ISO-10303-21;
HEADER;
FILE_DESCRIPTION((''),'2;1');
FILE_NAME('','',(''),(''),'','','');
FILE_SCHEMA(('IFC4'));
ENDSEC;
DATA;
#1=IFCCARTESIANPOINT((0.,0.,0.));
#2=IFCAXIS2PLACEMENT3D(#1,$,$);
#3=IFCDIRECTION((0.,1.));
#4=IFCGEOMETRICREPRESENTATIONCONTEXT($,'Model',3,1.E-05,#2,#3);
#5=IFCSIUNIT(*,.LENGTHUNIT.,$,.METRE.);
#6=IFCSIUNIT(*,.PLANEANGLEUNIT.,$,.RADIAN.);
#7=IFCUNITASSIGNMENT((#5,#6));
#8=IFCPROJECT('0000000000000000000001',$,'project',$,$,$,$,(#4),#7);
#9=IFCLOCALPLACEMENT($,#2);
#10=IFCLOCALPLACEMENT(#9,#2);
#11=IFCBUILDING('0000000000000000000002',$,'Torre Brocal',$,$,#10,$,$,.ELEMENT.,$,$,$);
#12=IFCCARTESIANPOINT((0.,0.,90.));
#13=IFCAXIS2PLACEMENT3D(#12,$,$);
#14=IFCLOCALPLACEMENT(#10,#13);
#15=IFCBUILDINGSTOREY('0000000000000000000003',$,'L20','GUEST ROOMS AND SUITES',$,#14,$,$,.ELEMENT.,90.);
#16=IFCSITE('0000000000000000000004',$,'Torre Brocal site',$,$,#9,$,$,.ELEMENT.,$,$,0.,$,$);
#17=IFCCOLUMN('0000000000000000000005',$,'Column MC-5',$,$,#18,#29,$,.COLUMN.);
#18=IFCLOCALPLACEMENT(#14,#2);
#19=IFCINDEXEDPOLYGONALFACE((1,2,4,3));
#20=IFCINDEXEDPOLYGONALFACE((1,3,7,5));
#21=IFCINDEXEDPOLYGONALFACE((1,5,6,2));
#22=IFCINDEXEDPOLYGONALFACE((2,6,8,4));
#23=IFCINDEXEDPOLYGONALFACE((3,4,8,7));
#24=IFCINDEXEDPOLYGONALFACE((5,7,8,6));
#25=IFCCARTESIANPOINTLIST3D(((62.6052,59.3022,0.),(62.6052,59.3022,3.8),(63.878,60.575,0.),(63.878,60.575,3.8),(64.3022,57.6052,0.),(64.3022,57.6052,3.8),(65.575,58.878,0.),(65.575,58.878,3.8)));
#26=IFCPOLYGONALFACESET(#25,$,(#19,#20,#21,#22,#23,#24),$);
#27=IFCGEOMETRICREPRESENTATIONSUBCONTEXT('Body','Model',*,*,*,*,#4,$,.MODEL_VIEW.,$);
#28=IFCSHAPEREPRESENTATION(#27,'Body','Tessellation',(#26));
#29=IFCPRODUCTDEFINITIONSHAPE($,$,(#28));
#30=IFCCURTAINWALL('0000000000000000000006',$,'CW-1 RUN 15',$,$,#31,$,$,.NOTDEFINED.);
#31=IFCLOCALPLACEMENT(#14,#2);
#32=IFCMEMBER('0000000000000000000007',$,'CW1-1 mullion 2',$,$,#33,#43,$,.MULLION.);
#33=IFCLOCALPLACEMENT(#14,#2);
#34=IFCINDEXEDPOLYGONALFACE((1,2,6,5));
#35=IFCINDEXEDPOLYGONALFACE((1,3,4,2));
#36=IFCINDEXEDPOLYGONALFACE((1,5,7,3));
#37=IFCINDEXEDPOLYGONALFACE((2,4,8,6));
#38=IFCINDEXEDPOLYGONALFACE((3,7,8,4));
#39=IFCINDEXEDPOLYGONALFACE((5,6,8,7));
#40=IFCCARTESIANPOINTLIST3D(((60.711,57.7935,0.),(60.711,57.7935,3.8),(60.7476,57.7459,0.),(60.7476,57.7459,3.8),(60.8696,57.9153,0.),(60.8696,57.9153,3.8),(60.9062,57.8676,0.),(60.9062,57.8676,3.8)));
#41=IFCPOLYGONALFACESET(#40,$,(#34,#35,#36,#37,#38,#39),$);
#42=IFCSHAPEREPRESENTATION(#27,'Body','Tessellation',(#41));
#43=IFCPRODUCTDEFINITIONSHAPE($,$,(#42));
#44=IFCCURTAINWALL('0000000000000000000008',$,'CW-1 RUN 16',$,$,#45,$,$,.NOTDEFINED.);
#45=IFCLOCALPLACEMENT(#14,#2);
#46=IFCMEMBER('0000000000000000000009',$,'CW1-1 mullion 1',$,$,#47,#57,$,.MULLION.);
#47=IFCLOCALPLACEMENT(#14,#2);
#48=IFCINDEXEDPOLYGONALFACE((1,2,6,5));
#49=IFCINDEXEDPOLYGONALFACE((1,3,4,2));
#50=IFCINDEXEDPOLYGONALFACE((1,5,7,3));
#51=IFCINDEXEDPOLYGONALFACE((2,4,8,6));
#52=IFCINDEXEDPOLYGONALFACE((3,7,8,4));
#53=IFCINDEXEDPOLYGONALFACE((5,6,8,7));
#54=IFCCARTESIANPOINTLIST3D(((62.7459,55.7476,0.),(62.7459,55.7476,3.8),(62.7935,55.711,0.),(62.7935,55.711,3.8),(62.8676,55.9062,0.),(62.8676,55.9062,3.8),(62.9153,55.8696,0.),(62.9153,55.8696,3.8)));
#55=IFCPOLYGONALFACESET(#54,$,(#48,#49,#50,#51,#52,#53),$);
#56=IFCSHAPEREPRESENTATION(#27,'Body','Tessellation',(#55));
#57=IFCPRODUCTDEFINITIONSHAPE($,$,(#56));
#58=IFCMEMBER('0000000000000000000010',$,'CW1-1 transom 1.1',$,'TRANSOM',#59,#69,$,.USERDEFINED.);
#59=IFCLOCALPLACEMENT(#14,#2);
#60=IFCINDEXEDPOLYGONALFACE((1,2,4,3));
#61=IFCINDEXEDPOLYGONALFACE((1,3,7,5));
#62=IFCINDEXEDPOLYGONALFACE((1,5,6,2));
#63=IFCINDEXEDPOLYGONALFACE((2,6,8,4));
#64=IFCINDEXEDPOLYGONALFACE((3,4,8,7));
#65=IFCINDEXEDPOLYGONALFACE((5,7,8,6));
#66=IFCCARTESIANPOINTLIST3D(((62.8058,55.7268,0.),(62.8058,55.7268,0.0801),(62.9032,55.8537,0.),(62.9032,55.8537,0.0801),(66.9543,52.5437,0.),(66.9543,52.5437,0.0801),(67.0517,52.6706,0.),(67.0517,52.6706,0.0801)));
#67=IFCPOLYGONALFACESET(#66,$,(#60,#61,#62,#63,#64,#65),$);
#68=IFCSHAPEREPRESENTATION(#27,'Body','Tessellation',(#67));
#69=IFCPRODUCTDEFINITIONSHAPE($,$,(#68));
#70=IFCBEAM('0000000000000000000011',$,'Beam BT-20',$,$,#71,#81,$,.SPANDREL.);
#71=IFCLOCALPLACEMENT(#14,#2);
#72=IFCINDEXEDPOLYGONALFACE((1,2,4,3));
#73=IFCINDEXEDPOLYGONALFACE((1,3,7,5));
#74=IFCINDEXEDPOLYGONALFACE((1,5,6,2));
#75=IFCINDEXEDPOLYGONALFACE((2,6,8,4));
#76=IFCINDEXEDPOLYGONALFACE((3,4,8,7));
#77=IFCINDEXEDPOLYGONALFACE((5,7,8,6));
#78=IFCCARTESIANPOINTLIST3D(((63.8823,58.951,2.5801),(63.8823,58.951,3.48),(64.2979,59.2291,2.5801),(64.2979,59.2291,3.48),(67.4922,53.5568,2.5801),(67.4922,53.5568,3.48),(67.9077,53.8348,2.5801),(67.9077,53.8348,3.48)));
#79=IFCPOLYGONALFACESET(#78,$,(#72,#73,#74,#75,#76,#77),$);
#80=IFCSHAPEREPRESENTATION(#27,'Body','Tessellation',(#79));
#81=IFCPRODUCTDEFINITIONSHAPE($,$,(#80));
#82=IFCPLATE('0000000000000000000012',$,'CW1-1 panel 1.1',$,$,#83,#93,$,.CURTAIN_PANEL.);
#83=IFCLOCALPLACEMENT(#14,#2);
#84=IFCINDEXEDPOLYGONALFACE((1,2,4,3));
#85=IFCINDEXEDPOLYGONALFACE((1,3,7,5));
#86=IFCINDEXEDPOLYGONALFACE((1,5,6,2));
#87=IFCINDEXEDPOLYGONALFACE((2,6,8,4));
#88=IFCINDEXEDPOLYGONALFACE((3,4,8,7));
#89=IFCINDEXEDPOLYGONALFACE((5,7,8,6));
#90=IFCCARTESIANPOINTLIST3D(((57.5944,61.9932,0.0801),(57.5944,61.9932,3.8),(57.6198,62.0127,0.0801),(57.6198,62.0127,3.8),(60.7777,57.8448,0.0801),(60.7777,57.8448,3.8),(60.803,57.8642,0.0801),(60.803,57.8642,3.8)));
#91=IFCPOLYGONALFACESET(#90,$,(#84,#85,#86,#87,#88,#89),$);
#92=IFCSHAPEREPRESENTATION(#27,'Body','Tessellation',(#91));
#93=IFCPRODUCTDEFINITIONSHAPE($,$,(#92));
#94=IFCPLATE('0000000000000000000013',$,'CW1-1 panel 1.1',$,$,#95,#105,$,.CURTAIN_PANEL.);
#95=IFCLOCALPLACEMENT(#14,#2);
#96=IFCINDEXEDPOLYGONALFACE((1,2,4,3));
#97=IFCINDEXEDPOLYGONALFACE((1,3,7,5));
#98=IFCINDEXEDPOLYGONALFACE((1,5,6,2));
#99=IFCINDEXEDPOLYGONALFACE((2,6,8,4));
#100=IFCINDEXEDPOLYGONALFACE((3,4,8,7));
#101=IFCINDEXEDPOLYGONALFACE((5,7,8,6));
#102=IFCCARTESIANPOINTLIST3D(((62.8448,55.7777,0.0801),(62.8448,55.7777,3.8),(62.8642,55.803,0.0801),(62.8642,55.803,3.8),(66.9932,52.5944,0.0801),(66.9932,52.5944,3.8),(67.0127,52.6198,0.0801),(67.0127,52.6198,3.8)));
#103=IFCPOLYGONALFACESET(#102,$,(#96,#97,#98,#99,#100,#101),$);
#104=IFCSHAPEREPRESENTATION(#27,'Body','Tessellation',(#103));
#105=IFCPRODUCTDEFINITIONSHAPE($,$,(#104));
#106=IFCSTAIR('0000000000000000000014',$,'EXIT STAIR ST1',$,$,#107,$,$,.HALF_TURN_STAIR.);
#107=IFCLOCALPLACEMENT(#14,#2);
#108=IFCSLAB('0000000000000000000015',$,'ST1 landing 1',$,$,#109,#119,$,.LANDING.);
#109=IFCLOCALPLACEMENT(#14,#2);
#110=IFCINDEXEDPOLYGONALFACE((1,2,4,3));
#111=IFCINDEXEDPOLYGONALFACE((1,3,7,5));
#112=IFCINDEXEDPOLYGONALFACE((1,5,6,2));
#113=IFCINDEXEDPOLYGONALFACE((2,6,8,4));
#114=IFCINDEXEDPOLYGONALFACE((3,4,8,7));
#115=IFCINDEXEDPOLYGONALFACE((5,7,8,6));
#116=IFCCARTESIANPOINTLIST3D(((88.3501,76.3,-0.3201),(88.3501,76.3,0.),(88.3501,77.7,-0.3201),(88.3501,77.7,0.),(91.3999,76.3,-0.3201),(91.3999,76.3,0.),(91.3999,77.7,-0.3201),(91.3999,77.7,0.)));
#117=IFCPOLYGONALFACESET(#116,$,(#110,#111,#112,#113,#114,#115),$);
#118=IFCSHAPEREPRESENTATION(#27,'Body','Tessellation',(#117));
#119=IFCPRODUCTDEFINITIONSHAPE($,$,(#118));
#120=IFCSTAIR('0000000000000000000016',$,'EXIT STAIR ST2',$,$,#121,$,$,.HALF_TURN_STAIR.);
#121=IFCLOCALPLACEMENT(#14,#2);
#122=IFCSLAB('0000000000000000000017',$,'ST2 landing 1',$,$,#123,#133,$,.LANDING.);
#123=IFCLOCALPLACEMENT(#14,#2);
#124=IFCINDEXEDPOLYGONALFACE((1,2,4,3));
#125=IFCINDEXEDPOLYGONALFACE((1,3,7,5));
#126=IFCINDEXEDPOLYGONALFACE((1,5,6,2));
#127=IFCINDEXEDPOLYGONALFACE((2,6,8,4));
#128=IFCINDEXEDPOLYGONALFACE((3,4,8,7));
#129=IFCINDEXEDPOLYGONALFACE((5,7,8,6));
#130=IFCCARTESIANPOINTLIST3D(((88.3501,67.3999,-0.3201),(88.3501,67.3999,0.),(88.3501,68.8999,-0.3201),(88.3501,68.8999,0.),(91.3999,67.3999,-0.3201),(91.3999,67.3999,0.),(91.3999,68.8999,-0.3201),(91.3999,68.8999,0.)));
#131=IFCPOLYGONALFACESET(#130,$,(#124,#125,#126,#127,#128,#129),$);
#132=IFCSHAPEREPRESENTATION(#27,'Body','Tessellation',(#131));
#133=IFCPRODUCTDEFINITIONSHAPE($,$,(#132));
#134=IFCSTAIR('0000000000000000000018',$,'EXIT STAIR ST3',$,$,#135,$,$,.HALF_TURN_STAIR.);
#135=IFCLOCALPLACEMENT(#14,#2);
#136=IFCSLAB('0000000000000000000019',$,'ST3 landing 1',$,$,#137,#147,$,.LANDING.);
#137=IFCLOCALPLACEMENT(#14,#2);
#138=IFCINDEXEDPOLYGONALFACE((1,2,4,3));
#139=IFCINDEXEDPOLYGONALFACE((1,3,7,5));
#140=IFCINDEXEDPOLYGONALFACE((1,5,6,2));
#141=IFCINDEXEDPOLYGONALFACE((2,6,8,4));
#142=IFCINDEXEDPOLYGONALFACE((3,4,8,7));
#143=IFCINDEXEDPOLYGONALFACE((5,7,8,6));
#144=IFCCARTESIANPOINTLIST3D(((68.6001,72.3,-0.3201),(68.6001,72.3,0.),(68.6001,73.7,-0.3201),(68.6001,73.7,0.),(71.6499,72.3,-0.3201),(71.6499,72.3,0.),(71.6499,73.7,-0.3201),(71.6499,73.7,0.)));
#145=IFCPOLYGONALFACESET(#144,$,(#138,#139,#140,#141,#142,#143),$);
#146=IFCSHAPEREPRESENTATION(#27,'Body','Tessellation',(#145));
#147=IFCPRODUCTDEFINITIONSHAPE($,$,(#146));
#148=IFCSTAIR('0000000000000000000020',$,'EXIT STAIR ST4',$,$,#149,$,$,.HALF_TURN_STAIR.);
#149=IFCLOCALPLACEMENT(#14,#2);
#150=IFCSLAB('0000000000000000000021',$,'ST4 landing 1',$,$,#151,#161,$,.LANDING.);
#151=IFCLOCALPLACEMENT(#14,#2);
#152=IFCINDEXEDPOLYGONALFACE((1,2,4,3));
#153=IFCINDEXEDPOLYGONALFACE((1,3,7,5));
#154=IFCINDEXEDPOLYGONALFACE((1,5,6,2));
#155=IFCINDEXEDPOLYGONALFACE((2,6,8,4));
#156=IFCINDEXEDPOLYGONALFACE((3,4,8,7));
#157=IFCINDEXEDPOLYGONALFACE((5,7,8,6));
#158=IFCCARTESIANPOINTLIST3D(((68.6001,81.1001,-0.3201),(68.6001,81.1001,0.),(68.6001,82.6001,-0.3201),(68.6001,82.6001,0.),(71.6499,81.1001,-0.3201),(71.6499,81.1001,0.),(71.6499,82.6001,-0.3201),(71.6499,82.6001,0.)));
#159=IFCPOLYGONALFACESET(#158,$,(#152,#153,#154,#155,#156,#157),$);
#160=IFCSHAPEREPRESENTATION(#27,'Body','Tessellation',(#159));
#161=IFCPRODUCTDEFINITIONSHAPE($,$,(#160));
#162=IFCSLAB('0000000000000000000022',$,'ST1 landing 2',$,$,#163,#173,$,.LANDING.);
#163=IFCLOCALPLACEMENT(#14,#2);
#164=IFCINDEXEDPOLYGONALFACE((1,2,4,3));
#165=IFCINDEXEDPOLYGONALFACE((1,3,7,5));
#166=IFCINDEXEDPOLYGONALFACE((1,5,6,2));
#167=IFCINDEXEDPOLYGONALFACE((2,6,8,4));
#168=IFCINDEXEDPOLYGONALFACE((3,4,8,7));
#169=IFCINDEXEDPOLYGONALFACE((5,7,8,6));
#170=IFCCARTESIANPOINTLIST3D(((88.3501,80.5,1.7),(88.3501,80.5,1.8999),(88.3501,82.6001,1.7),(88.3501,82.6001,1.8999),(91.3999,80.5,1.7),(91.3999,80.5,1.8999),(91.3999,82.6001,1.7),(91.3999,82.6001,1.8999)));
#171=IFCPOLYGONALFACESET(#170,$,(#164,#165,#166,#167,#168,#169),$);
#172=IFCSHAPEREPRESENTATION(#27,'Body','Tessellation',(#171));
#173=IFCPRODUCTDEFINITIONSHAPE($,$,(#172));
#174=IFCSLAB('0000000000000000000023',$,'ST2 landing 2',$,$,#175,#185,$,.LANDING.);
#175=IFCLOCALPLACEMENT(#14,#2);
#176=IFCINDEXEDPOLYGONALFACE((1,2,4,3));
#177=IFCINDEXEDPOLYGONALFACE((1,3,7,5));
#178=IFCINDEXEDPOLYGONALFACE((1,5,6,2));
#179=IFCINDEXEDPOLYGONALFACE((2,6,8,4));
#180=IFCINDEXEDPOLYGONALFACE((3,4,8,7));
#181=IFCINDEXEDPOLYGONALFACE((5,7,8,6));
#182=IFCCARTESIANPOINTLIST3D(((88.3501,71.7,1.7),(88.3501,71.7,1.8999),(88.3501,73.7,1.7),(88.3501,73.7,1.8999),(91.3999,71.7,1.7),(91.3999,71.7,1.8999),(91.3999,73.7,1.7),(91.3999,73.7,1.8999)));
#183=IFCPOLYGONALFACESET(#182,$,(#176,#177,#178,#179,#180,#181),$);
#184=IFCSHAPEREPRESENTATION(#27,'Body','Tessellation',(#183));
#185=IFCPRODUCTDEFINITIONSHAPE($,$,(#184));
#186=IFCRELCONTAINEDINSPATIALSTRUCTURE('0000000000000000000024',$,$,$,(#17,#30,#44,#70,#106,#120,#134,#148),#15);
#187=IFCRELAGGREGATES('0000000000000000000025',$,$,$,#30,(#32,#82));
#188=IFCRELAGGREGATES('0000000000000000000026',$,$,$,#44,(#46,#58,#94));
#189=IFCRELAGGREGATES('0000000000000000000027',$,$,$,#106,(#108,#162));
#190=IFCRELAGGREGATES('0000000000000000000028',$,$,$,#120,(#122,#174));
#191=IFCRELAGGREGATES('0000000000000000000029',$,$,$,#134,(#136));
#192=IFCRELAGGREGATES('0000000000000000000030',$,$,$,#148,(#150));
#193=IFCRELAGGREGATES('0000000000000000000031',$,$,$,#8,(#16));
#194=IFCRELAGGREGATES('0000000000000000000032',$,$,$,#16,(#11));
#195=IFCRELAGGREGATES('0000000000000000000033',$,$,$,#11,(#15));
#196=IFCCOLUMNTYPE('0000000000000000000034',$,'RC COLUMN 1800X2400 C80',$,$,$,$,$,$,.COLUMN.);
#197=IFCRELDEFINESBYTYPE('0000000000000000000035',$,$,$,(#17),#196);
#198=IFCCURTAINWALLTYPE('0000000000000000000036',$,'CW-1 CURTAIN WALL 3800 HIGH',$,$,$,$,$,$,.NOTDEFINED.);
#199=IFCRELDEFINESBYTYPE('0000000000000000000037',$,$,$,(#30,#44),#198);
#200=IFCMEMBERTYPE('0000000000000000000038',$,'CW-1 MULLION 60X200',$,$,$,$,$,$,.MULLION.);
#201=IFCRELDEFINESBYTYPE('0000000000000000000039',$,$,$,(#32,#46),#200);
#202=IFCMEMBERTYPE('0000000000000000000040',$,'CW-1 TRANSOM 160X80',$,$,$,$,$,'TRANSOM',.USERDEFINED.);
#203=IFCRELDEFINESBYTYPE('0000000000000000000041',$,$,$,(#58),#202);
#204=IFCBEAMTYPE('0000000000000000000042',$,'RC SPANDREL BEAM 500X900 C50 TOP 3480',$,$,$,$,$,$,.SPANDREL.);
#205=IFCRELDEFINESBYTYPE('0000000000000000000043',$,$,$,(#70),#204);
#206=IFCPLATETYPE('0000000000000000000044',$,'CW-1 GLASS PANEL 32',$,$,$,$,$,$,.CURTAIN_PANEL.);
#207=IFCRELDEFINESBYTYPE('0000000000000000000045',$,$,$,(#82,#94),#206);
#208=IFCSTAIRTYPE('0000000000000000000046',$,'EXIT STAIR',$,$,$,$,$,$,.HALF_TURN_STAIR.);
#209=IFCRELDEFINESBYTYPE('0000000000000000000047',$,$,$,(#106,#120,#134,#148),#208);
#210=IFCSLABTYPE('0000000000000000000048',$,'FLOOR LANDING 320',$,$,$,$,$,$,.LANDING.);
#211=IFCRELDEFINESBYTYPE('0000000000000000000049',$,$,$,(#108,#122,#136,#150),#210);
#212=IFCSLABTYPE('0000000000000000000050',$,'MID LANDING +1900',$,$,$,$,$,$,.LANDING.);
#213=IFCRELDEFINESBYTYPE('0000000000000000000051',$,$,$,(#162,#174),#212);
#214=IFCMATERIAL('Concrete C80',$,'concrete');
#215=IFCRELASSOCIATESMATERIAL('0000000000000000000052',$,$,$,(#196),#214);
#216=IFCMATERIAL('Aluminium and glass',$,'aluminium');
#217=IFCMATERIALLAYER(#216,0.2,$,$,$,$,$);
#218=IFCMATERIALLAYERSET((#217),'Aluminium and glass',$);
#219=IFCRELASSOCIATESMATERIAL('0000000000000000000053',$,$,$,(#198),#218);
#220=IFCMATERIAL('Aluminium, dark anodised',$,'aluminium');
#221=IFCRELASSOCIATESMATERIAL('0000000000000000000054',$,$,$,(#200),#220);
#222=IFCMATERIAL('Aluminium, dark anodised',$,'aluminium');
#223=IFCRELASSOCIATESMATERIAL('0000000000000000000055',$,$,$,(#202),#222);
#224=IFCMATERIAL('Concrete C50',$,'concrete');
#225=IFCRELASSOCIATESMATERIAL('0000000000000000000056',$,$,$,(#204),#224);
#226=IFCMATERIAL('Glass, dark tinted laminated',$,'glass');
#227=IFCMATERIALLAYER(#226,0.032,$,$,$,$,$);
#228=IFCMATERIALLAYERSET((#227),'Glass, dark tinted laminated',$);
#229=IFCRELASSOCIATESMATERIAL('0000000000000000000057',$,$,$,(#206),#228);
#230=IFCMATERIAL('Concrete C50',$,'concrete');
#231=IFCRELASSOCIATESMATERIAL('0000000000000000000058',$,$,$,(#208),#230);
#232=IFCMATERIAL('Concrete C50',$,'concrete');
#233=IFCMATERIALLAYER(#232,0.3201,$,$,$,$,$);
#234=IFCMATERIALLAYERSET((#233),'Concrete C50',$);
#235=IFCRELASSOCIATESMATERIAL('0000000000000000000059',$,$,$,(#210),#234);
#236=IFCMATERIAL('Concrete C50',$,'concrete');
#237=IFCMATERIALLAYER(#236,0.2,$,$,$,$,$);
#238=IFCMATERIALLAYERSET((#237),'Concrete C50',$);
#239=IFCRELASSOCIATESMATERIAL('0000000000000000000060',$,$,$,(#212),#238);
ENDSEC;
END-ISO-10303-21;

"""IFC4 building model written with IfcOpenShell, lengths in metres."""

from ifc_helpers import new_model, si_unit, direction, frame, origin, origin_2d, place, context, subcontext, project, spatial, polyline, rectangle, outline, extrude, material, layer, layer_set, material_profile, profile_set, type_object, element, aggregate, save


model = new_model("IFC4")

# Units and contexts
model_context = context("Model", 3, precision=1e-05, world=origin(), true_north=direction((0.0, 1.0)))
body_context = subcontext(model_context, "Body", "Model", "MODEL_VIEW")
ifc_project = project(units=[si_unit("LENGTHUNIT", "METRE"), si_unit("PLANEANGLEUNIT", "RADIAN")], contexts=[model_context])

# Site, building, storey
site_placement = place(None, origin())
site = spatial("IfcSite", under=ifc_project, at=site_placement, Name="Torre Brocal site", CompositionType="ELEMENT", RefElevation=0.0)
building_placement = place(site_placement, origin())
building = spatial("IfcBuilding", under=site, at=building_placement, Name="Torre Brocal", CompositionType="ELEMENT")
storey_placement = place(building_placement, frame((0.0, 0.0, 90.0)))
storey = spatial("IfcBuildingStorey", under=building, at=storey_placement, Name="L20", Description="GUEST ROOMS AND SUITES", CompositionType="ELEMENT", Elevation=90.0)

# Column
ifc_material_1 = material(Name="Concrete C80", Category="concrete")
ifc_material_profile_1 = material_profile(ifc_material_1, rectangle(XDim=1.8, YDim=2.3999, at=origin_2d()), Name="RC 1800X2400")
ifc_profile_set_1 = profile_set([ifc_material_profile_1], Name="Concrete C80")
column_type = type_object("IfcColumnType", Name="RC COLUMN 1800X2400 C80", PredefinedType="COLUMN", material=ifc_profile_set_1)
column_placement = place(storey_placement, frame((64.0901, 59.0901, 0.0), z_axis=(0.0, 0.0, 1.0), x_axis=(-0.707107, -0.707107, 0.0)))
element("IfcColumn", 1, at=column_placement, inside=storey, type_object=column_type, Name="Column MC-5", PredefinedType="COLUMN", context=body_context, shape_type="SweptSolid", body=[
    extrude(rectangle(XDim=1.8, YDim=2.3999, at=origin_2d()), origin(), (0.0, 0.0, 1.0), 3.8),
])

# Curtain wall, member
ifc_material_2 = material(Name="Aluminium and glass", Category="aluminium")
ifc_layer_1 = layer(ifc_material_2, 0.2)
ifc_layer_set_1 = layer_set([ifc_layer_1], Name="Aluminium and glass")
curtain_wall_type = type_object("IfcCurtainWallType", Name="CW-1 CURTAIN WALL 3800 HIGH", PredefinedType="NOTDEFINED", material=ifc_layer_set_1)
curtain_wall_1_placement = place(storey_placement, origin())
curtain_wall_1 = element("IfcCurtainWall", 2, at=curtain_wall_1_placement, inside=storey, type_object=curtain_wall_type, Name="CW-1 RUN 15", PredefinedType="NOTDEFINED")
ifc_material_3 = material(Name="Aluminium, dark anodised", Category="aluminium")
ifc_material_profile_2 = material_profile(ifc_material_3, rectangle(XDim=0.2, YDim=0.0601, at=origin_2d()), Name="CW-1 MULLION 60X200")
ifc_profile_set_2 = profile_set([ifc_material_profile_2], Name="Aluminium, dark anodised")
member_type_1 = type_object("IfcMemberType", Name="CW-1 MULLION 60X200", PredefinedType="MULLION", material=ifc_profile_set_2)
member_1_placement = place(storey_placement, frame((60.8086, 57.8306, 0.0), z_axis=(0.0, 0.0, 1.0), x_axis=(0.793353, 0.608761, 0.0)))
member_1 = element("IfcMember", 3, at=member_1_placement, type_object=member_type_1, Name="CW1-1 mullion 2", PredefinedType="MULLION", context=body_context, shape_type="SweptSolid", body=[
    extrude(rectangle(XDim=0.2, YDim=0.0601, at=origin_2d()), origin(), (0.0, 0.0, 1.0), 3.8),
])

# Curtain wall, members
curtain_wall_2_placement = place(storey_placement, origin())
curtain_wall_2 = element("IfcCurtainWall", 4, at=curtain_wall_2_placement, inside=storey, type_object=curtain_wall_type, Name="CW-1 RUN 16", PredefinedType="NOTDEFINED")
member_2_placement = place(storey_placement, frame((62.8306, 55.8086, 0.0), z_axis=(0.0, 0.0, 1.0), x_axis=(0.608761, 0.793353, 0.0)))
member_2 = element("IfcMember", 5, at=member_2_placement, type_object=member_type_1, Name="CW1-1 mullion 1", PredefinedType="MULLION", context=body_context, shape_type="SweptSolid", body=[
    extrude(rectangle(XDim=0.2, YDim=0.0601, at=origin_2d()), origin(), (0.0, 0.0, 1.0), 3.8),
])
ifc_material_4 = material(Name="Aluminium, dark anodised", Category="aluminium")
ifc_material_profile_3 = material_profile(ifc_material_4, rectangle(XDim=0.1599, YDim=0.0801, at=origin_2d()), Name="CW-1 TRANSOM 160X80")
ifc_profile_set_3 = profile_set([ifc_material_profile_3], Name="Aluminium, dark anodised")
member_type_2 = type_object("IfcMemberType", Name="CW-1 TRANSOM 160X80", ElementType="TRANSOM", PredefinedType="USERDEFINED", material=ifc_profile_set_3)
member_3_placement = place(storey_placement, frame((62.8545, 55.7903, 0.04), z_axis=(0.793363, -0.608749, 0.0), x_axis=(0.608749, 0.793363, 0.0)))
member_3 = element("IfcMember", 6, at=member_3_placement, type_object=member_type_2, Name="CW1-1 transom 1.1", ObjectType="TRANSOM", PredefinedType="USERDEFINED", context=body_context, shape_type="SweptSolid", body=[
    extrude(rectangle(XDim=0.1599, YDim=0.0801, at=origin_2d()), origin(), (0.0, 0.0, 1.0), 5.229),
])

# Beam
ifc_material_5 = material(Name="Concrete C50", Category="concrete")
ifc_material_profile_4 = material_profile(ifc_material_5, rectangle(XDim=0.5, YDim=0.8999, at=origin_2d()), Name="RC 500X900")
ifc_profile_set_4 = profile_set([ifc_material_profile_4], Name="Concrete C50")
beam_type = type_object("IfcBeamType", Name="RC SPANDREL BEAM 500X900 C50 TOP 3480", PredefinedType="SPANDREL", material=ifc_profile_set_4)
beam_placement = place(storey_placement, frame((64.0901, 59.0901, 3.03), z_axis=(0.556158, -0.831077, 0.0), x_axis=(0.831077, 0.556158, 0.0)))
element("IfcBeam", 7, at=beam_placement, inside=storey, type_object=beam_type, Name="Beam BT-20", PredefinedType="SPANDREL", context=body_context, shape_type="SweptSolid", body=[
    extrude(rectangle(XDim=0.5, YDim=0.8999, at=origin_2d()), origin(), (0.0, 0.0, 1.0), 6.4907),
])

# Plates
ifc_material_6 = material(Name="Glass, dark tinted laminated", Category="glass")
ifc_layer_2 = layer(ifc_material_6, 0.032)
ifc_layer_set_2 = layer_set([ifc_layer_2], Name="Glass, dark tinted laminated")
plate_type = type_object("IfcPlateType", Name="CW-1 GLASS PANEL 32", PredefinedType="CURTAIN_PANEL", material=ifc_layer_set_2)
plate_1_placement = place(storey_placement, frame((59.1987, 59.9287, 0.0801), z_axis=(0.0, 0.0, 1.0), x_axis=(0.608761, -0.793353, 0.0)))
plate_1 = element("IfcPlate", 8, at=plate_1_placement, type_object=plate_type, Name="CW1-1 panel 1.1", PredefinedType="CURTAIN_PANEL", context=body_context, shape_type="SweptSolid", body=[
    extrude(rectangle(XDim=5.229, YDim=0.032, at=origin_2d()), origin(), (0.0, 0.0, 1.0), 3.72),
])
aggregate(curtain_wall_1, [member_1, plate_1])
plate_2_placement = place(storey_placement, frame((64.9287, 54.1987, 0.0801), z_axis=(0.0, 0.0, 1.0), x_axis=(0.793353, -0.608761, 0.0)))
plate_2 = element("IfcPlate", 9, at=plate_2_placement, type_object=plate_type, Name="CW1-1 panel 1.1", PredefinedType="CURTAIN_PANEL", context=body_context, shape_type="SweptSolid", body=[
    extrude(rectangle(XDim=5.229, YDim=0.032, at=origin_2d()), origin(), (0.0, 0.0, 1.0), 3.72),
])
aggregate(curtain_wall_2, [member_2, member_3, plate_2])

# Stairs, slabs
ifc_material_7 = material(Name="Concrete C50", Category="concrete")
stair_type = type_object("IfcStairType", Name="EXIT STAIR", PredefinedType="HALF_TURN_STAIR", material=ifc_material_7)
stair_1_placement = place(storey_placement, origin())
stair_1 = element("IfcStair", 10, at=stair_1_placement, inside=storey, type_object=stair_type, Name="EXIT STAIR ST1", PredefinedType="HALF_TURN_STAIR")
ifc_material_8 = material(Name="Concrete C50", Category="concrete")
ifc_layer_3 = layer(ifc_material_8, 0.3201)
ifc_layer_set_3 = layer_set([ifc_layer_3], Name="Concrete C50")
slab_type_1 = type_object("IfcSlabType", Name="FLOOR LANDING 320", PredefinedType="LANDING", material=ifc_layer_set_3)
slab_1_placement = place(storey_placement, frame((0.0, 0.0, -0.3201)))
slab_1 = element("IfcSlab", 11, at=slab_1_placement, type_object=slab_type_1, Name="ST1 landing 1", PredefinedType="LANDING", context=body_context, shape_type="SweptSolid", body=[
    extrude(outline(polyline([(88.3501, 76.3), (91.3999, 76.3), (91.3999, 77.7), (88.3501, 77.7), (88.3501, 76.3)])), origin(), (0.0, 0.0, 1.0), 0.3201),
])
stair_2_placement = place(storey_placement, origin())
stair_2 = element("IfcStair", 12, at=stair_2_placement, inside=storey, type_object=stair_type, Name="EXIT STAIR ST2", PredefinedType="HALF_TURN_STAIR")
slab_2_placement = place(storey_placement, frame((0.0, 0.0, -0.3201)))
slab_2 = element("IfcSlab", 13, at=slab_2_placement, type_object=slab_type_1, Name="ST2 landing 1", PredefinedType="LANDING", context=body_context, shape_type="SweptSolid", body=[
    extrude(outline(polyline([(88.3501, 67.3999), (91.3999, 67.3999), (91.3999, 68.8999), (88.3501, 68.8999), (88.3501, 67.3999)])), origin(), (0.0, 0.0, 1.0), 0.3201),
])
stair_3_placement = place(storey_placement, origin())
stair_3 = element("IfcStair", 14, at=stair_3_placement, inside=storey, type_object=stair_type, Name="EXIT STAIR ST3", PredefinedType="HALF_TURN_STAIR")
slab_3_placement = place(storey_placement, frame((0.0, 0.0, -0.3201)))
slab_3 = element("IfcSlab", 15, at=slab_3_placement, type_object=slab_type_1, Name="ST3 landing 1", PredefinedType="LANDING", context=body_context, shape_type="SweptSolid", body=[
    extrude(outline(polyline([(71.6499, 73.7), (68.6001, 73.7), (68.6001, 72.3), (71.6499, 72.3), (71.6499, 73.7)])), origin(), (0.0, 0.0, 1.0), 0.3201),
])
stair_4_placement = place(storey_placement, origin())
stair_4 = element("IfcStair", 16, at=stair_4_placement, inside=storey, type_object=stair_type, Name="EXIT STAIR ST4", PredefinedType="HALF_TURN_STAIR")
slab_4_placement = place(storey_placement, frame((0.0, 0.0, -0.3201)))
slab_4 = element("IfcSlab", 17, at=slab_4_placement, type_object=slab_type_1, Name="ST4 landing 1", PredefinedType="LANDING", context=body_context, shape_type="SweptSolid", body=[
    extrude(outline(polyline([(71.6499, 82.6001), (68.6001, 82.6001), (68.6001, 81.1001), (71.6499, 81.1001), (71.6499, 82.6001)])), origin(), (0.0, 0.0, 1.0), 0.3201),
])

# Slabs
ifc_material_9 = material(Name="Concrete C50", Category="concrete")
ifc_layer_4 = layer(ifc_material_9, 0.2)
ifc_layer_set_4 = layer_set([ifc_layer_4], Name="Concrete C50")
slab_type_2 = type_object("IfcSlabType", Name="MID LANDING +1900", PredefinedType="LANDING", material=ifc_layer_set_4)
slab_5_placement = place(storey_placement, frame((0.0, 0.0, 1.7)))
slab_5 = element("IfcSlab", 18, at=slab_5_placement, type_object=slab_type_2, Name="ST1 landing 2", PredefinedType="LANDING", context=body_context, shape_type="SweptSolid", body=[
    extrude(outline(polyline([(88.3501, 80.5), (91.3999, 80.5), (91.3999, 82.6001), (88.3501, 82.6001), (88.3501, 80.5)])), origin(), (0.0, 0.0, 1.0), 0.2),
])
aggregate(stair_1, [slab_1, slab_5])
slab_6_placement = place(storey_placement, frame((0.0, 0.0, 1.7)))
slab_6 = element("IfcSlab", 19, at=slab_6_placement, type_object=slab_type_2, Name="ST2 landing 2", PredefinedType="LANDING", context=body_context, shape_type="SweptSolid", body=[
    extrude(outline(polyline([(88.3501, 71.7), (91.3999, 71.7), (91.3999, 73.7), (88.3501, 73.7), (88.3501, 71.7)])), origin(), (0.0, 0.0, 1.0), 0.2),
])
aggregate(stair_2, [slab_2, slab_6])
aggregate(stair_3, [slab_3])
aggregate(stair_4, [slab_4])

save(model, "model.ifc")
